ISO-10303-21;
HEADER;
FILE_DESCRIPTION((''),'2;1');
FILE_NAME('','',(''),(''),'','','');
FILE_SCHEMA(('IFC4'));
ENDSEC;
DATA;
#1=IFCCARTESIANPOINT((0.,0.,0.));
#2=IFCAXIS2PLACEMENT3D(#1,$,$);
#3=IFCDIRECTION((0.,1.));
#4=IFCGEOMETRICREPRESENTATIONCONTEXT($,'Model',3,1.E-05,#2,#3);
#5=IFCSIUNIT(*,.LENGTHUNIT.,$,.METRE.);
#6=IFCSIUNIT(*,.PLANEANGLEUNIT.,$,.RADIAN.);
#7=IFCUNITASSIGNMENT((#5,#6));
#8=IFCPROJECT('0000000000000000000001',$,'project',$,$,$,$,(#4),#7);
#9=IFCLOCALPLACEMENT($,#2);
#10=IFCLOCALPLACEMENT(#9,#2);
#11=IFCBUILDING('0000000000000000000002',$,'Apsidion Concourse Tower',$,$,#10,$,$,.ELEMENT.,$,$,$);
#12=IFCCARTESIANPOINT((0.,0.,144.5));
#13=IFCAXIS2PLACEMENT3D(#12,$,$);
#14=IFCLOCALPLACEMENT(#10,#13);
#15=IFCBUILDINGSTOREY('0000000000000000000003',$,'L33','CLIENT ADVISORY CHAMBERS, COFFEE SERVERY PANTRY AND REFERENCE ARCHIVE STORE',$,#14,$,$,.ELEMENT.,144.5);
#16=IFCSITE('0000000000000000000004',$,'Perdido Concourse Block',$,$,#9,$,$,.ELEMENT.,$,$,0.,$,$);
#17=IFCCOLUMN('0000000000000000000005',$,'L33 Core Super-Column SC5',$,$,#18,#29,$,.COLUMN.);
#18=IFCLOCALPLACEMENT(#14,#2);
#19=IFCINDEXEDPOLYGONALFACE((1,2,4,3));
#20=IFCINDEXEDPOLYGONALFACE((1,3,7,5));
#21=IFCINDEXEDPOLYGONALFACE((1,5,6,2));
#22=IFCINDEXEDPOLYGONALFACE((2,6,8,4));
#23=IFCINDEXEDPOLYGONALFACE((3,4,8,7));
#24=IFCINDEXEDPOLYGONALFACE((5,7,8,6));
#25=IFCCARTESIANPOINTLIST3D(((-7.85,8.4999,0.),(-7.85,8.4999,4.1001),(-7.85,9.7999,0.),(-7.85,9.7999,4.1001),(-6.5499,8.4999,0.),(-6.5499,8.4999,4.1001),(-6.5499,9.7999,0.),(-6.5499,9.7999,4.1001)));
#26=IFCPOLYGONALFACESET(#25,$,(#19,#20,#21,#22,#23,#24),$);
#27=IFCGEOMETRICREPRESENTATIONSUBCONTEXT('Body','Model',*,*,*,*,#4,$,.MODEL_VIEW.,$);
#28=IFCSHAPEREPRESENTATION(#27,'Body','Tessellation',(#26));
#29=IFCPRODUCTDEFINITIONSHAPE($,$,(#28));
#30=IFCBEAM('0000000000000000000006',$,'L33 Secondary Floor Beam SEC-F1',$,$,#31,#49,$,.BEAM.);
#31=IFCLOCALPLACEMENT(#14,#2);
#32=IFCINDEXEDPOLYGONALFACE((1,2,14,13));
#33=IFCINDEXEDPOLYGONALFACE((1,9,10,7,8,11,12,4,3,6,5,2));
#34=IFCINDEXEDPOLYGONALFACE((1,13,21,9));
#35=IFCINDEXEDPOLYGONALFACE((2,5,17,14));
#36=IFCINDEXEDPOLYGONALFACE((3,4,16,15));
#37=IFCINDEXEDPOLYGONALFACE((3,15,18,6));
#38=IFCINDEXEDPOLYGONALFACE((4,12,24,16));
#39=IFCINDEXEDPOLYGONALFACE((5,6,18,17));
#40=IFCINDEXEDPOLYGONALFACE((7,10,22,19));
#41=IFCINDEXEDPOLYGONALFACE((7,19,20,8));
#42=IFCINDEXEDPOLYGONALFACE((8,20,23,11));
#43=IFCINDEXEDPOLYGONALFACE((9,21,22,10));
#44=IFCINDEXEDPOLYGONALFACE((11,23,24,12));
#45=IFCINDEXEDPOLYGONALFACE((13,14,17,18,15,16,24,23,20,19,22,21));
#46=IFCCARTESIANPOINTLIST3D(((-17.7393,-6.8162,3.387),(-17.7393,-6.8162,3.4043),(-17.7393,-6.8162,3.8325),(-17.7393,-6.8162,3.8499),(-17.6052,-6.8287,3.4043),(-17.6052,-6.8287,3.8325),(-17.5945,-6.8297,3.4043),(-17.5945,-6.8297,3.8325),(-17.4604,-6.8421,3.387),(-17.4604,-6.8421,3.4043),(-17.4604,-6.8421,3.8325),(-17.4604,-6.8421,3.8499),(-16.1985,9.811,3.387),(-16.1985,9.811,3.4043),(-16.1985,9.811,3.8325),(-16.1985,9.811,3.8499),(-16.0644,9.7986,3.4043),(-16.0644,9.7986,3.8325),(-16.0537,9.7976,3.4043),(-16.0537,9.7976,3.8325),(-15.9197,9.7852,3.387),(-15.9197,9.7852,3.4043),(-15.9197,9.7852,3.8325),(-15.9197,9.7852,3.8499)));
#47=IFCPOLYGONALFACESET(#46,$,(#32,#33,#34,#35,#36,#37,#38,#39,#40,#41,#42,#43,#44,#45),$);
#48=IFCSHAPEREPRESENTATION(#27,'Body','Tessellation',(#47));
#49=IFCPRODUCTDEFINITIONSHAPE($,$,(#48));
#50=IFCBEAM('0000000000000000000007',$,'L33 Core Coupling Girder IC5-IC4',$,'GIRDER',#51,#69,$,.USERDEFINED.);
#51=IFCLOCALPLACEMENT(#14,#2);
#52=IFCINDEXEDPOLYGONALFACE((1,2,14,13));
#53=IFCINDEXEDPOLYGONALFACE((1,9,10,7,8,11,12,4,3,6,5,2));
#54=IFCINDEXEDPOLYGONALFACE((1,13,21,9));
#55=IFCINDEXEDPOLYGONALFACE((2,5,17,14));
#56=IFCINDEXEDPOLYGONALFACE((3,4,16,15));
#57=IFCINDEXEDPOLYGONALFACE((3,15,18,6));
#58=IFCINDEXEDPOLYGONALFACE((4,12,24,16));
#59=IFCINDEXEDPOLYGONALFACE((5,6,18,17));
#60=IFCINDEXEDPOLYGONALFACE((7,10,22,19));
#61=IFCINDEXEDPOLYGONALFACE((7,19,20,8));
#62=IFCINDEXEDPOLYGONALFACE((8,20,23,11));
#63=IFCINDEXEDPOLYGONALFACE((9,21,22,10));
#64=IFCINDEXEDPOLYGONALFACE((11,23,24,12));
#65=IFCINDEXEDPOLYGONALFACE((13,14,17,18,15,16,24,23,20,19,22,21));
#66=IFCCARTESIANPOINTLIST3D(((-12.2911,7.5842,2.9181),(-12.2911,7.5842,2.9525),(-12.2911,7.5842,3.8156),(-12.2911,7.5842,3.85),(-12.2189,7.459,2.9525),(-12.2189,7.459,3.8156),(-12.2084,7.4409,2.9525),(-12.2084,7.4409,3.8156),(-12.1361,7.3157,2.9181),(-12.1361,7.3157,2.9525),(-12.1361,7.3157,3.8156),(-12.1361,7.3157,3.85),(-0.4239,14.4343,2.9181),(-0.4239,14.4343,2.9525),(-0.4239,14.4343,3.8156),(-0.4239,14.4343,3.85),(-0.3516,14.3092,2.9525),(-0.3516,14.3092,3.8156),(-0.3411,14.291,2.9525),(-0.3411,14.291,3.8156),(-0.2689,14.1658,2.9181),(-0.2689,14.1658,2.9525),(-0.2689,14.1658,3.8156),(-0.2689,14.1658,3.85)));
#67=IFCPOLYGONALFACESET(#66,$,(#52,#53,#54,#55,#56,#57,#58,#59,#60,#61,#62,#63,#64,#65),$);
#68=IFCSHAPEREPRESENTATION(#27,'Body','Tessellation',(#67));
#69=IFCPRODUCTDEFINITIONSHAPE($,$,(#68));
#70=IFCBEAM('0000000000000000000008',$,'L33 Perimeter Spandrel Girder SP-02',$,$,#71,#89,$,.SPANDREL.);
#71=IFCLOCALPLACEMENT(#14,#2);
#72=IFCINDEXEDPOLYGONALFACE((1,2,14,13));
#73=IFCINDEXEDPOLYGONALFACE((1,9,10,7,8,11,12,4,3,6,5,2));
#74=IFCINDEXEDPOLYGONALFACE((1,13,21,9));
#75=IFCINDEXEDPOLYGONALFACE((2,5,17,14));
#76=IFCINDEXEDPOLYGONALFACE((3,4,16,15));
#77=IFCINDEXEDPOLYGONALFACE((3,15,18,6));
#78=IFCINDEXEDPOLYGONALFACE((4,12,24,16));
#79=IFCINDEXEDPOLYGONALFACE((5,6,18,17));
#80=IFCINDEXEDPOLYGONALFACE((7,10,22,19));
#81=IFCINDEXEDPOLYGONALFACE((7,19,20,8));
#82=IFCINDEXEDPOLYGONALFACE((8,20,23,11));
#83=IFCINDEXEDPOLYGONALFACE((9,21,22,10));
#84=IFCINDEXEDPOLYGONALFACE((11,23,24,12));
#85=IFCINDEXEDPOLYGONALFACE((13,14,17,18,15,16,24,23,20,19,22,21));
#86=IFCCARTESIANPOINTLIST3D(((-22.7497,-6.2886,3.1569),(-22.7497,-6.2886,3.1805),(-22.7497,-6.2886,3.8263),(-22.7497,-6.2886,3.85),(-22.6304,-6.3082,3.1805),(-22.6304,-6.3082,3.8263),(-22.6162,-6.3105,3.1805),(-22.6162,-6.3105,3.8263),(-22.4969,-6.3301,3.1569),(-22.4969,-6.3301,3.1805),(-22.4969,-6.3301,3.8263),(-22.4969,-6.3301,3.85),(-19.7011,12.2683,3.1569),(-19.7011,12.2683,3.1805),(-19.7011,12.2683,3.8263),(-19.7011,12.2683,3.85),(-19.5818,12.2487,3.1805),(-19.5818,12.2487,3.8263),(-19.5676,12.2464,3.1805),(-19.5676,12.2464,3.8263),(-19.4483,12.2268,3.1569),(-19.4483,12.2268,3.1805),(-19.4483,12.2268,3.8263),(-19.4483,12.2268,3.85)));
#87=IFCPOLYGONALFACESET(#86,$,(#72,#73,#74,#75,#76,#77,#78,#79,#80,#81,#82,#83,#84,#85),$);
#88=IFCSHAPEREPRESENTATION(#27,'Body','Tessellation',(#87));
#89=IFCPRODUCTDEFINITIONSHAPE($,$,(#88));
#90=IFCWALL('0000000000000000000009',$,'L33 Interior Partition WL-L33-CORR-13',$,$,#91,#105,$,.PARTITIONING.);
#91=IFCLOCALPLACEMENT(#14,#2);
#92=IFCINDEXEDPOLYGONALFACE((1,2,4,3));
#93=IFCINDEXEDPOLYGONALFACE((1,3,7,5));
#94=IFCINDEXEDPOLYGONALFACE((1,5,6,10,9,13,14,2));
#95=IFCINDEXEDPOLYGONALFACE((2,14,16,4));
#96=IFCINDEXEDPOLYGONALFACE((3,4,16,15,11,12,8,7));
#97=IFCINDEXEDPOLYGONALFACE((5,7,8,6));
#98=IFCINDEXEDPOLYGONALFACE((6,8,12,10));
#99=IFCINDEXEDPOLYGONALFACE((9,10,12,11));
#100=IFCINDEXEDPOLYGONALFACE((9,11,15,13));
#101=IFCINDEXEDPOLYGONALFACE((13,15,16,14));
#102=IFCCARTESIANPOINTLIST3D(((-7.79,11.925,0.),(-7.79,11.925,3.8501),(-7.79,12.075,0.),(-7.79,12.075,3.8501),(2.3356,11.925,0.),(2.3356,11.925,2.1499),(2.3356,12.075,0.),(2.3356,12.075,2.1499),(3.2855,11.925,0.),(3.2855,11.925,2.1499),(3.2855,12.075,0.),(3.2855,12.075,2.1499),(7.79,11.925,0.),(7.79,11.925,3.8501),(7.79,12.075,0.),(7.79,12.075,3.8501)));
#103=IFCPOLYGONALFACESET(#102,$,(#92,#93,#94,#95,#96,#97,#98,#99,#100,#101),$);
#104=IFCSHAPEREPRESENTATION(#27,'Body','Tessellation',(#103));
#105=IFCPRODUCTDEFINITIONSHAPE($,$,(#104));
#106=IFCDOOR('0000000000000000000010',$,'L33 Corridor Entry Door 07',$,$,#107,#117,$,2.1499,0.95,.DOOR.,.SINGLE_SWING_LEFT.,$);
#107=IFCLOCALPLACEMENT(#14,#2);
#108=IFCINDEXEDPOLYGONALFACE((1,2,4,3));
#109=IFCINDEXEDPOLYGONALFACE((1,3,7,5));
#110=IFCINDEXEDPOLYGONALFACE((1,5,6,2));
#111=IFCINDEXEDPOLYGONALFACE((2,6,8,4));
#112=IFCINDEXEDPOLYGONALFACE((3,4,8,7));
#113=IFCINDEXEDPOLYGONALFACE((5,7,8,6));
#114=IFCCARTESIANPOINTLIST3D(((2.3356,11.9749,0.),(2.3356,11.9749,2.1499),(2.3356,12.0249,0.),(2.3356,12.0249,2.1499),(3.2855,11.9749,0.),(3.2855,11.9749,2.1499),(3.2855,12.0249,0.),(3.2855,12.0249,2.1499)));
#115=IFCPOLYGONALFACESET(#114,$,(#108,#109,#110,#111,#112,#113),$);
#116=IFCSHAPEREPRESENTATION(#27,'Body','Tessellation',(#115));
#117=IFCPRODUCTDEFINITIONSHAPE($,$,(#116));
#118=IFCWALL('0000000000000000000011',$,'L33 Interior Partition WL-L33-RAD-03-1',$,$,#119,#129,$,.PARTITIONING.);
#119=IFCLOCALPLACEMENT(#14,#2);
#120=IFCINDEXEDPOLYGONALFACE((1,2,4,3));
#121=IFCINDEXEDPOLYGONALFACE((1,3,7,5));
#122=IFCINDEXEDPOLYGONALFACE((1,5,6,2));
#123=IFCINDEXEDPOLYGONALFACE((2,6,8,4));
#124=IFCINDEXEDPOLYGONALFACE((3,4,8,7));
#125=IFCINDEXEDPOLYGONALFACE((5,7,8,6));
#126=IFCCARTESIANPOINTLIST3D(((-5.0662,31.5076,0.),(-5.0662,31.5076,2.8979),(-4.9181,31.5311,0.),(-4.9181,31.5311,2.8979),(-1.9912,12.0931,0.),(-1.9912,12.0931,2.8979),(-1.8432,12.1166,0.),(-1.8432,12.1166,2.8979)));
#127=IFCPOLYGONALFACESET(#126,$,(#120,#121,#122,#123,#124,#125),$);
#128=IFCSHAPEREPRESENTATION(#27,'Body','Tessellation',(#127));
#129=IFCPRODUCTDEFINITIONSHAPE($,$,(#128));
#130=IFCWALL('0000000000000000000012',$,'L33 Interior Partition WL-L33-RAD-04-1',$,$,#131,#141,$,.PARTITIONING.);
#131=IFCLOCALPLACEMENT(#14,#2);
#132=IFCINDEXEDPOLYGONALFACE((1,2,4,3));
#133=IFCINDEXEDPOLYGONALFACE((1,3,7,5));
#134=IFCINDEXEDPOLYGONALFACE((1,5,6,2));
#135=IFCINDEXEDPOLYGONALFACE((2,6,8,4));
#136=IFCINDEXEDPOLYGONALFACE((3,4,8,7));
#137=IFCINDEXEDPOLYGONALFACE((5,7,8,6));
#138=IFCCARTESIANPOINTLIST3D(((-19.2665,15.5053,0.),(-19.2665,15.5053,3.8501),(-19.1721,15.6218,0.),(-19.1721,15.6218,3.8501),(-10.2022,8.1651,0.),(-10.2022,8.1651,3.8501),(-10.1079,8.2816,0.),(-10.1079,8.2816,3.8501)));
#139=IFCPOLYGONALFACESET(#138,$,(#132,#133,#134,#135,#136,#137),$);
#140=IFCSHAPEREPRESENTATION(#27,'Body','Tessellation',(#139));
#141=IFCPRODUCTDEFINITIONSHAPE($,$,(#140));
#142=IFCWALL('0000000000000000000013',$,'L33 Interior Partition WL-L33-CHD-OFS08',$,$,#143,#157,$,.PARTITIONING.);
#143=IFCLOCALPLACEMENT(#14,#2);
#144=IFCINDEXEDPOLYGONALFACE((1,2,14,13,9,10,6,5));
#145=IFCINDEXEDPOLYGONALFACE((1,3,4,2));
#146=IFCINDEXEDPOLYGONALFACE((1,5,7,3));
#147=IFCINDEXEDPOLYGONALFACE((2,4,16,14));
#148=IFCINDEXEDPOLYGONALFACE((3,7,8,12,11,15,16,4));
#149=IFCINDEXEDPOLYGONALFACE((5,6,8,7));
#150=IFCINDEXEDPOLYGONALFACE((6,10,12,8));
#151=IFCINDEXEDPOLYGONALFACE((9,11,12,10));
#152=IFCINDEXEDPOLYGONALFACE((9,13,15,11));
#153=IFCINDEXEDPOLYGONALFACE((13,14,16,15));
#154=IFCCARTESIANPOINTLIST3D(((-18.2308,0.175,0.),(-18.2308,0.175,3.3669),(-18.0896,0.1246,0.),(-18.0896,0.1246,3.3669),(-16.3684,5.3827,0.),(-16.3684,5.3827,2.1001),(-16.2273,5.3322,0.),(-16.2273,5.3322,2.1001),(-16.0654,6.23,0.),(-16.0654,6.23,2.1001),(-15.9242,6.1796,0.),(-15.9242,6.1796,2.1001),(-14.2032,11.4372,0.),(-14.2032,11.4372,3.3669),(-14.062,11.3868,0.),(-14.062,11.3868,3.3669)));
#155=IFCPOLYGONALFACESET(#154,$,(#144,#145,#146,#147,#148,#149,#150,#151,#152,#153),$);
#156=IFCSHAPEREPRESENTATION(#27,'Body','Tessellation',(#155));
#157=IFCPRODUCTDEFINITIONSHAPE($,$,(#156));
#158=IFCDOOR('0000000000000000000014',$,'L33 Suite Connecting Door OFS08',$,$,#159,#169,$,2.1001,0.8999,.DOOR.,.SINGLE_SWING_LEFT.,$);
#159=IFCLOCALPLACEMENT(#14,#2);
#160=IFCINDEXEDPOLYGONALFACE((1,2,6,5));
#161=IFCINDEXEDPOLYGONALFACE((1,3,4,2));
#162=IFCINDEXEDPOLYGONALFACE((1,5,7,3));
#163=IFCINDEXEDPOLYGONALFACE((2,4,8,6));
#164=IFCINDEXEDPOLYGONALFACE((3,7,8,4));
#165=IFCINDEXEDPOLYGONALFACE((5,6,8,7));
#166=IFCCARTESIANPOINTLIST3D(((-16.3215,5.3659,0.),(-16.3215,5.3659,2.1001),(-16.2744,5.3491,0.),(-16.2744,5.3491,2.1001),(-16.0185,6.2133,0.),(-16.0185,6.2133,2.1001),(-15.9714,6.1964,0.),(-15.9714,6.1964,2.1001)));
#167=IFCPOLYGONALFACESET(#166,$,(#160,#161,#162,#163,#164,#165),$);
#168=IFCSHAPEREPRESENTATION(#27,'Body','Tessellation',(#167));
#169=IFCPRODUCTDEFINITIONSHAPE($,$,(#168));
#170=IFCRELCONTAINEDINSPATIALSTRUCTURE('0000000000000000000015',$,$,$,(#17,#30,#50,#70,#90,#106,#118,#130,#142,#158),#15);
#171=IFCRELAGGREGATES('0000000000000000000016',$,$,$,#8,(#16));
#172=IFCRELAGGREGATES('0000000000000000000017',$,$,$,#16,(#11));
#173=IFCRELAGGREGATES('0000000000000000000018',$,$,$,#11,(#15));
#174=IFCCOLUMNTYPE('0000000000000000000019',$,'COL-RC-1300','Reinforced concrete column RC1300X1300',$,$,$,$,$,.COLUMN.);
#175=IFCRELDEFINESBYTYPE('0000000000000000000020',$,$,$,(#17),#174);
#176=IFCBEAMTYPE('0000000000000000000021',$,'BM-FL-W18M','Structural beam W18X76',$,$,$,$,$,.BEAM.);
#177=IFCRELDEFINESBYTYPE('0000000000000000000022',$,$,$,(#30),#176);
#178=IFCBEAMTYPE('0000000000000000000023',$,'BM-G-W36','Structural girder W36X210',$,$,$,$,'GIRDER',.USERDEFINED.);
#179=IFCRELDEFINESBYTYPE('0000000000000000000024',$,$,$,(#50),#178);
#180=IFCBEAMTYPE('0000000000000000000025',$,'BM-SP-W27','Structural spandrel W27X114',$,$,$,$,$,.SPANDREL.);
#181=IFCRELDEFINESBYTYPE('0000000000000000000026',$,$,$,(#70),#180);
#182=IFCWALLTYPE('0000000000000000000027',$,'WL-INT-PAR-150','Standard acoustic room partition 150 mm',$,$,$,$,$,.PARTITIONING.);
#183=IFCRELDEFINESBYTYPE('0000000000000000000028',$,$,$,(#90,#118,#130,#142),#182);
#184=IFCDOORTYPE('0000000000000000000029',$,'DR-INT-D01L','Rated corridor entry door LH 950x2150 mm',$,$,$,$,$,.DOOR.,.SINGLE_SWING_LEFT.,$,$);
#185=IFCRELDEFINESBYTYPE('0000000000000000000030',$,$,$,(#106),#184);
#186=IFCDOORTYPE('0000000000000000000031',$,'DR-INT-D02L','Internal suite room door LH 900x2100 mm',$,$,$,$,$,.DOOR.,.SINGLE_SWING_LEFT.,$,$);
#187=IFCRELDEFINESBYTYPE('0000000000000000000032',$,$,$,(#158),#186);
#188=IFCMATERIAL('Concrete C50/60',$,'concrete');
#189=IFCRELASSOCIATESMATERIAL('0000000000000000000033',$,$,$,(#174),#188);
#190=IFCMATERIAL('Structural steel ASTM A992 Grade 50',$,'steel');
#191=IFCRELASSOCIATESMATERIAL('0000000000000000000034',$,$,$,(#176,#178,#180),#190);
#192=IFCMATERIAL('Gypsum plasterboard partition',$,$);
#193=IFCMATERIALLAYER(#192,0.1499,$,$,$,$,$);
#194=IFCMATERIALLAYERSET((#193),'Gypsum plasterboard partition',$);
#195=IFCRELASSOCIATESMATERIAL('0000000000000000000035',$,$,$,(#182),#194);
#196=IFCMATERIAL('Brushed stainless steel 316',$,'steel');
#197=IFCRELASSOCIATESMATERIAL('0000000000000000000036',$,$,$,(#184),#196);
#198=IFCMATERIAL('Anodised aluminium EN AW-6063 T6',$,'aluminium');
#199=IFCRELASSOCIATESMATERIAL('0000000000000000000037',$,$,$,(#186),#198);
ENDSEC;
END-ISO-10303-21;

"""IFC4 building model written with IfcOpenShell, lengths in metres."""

from ifc_helpers import new_model, si_unit, direction, frame, frame_2d, origin, origin_2d, place, context, subcontext, project, spatial, rectangle, i_section, extrude, material, layer, layer_set, material_profile, profile_set, type_object, element, fill, save


model = new_model("IFC4")

# Units and contexts
model_context = context("Model", 3, precision=1e-05, world=origin(), true_north=direction((0.0, 1.0)))
body_context = subcontext(model_context, "Body", "Model", "MODEL_VIEW")
ifc_project = project(units=[si_unit("LENGTHUNIT", "METRE"), si_unit("PLANEANGLEUNIT", "RADIAN")], contexts=[model_context])

# Site, building, storey
site_placement = place(None, origin())
site = spatial("IfcSite", under=ifc_project, at=site_placement, Name="Perdido Concourse Block", CompositionType="ELEMENT", RefElevation=0.0)
building_placement = place(site_placement, origin())
building = spatial("IfcBuilding", under=site, at=building_placement, Name="Apsidion Concourse Tower", CompositionType="ELEMENT")
storey_placement = place(building_placement, frame((0.0, 0.0, 144.5)))
storey = spatial("IfcBuildingStorey", under=building, at=storey_placement, Name="L33", Description="CLIENT ADVISORY CHAMBERS, COFFEE SERVERY PANTRY AND REFERENCE ARCHIVE STORE", CompositionType="ELEMENT", Elevation=144.5)

# Column
ifc_material_1 = material(Name="Concrete C50/60", Category="concrete")
ifc_material_profile_1 = material_profile(ifc_material_1, rectangle(XDim=1.3, YDim=1.3, at=origin_2d()), Name="RC 1300x1300")
ifc_profile_set_1 = profile_set([ifc_material_profile_1], Name="Concrete C50/60")
column_type = type_object("IfcColumnType", Name="COL-RC-1300", Description="Reinforced concrete column RC1300X1300", PredefinedType="COLUMN", material=ifc_profile_set_1)
column_placement = place(storey_placement, frame((-7.2, 9.1499, 0.0), z_axis=(0.0, 0.0, 1.0), x_axis=(1.0, 0.0, 0.0)))
element("IfcColumn", 1, at=column_placement, inside=storey, type_object=column_type, Name="L33 Core Super-Column SC5", PredefinedType="COLUMN", context=body_context, shape_type="SweptSolid", body=[
    extrude(rectangle(XDim=1.3, YDim=1.3, at=origin_2d()), origin(), (0.0, 0.0, 1.0), 4.1001),
])

# Beams
ifc_material_2 = material(Name="Structural steel ASTM A992 Grade 50", Category="steel")
ifc_material_profile_2 = material_profile(ifc_material_2, i_section(OverallWidth=0.28, OverallDepth=0.4629, WebThickness=0.0107, FlangeThickness=0.0173, at=origin_2d()), Name="W18X76")
ifc_profile_set_2 = profile_set([ifc_material_profile_2], Name="Structural steel ASTM A992 Grade 50")
beam_type_1 = type_object("IfcBeamType", Name="BM-FL-W18M", Description="Structural beam W18X76", PredefinedType="BEAM", material=ifc_profile_set_2)
beam_1_placement = place(storey_placement, frame((-16.0591, 9.7981, 3.6184), z_axis=(-0.09227, -0.995734, 0.0), x_axis=(0.995734, -0.09227, 0.0)))
element("IfcBeam", 2, at=beam_1_placement, inside=storey, type_object=beam_type_1, Name="L33 Secondary Floor Beam SEC-F1", PredefinedType="BEAM", context=body_context, shape_type="SweptSolid", body=[
    extrude(i_section(OverallWidth=0.28, OverallDepth=0.4629, WebThickness=0.0107, FlangeThickness=0.0173, at=origin_2d()), origin(), (0.0, 0.0, 1.0), 16.6985),
])
ifc_material_profile_3 = material_profile(ifc_material_2, i_section(OverallWidth=0.3101, OverallDepth=0.9319, WebThickness=0.021, FlangeThickness=0.0344, at=origin_2d()), Name="W36X210")
ifc_profile_set_3 = profile_set([ifc_material_profile_3], Name="Structural steel ASTM A992 Grade 50")
beam_type_2 = type_object("IfcBeamType", Name="BM-G-W36", Description="Structural girder W36X210", ElementType="GIRDER", PredefinedType="USERDEFINED", material=ifc_profile_set_3)
beam_2_placement = place(storey_placement, frame((-12.2136, 7.45, 3.384), z_axis=(0.86607, 0.499922, 0.0), x_axis=(-0.499922, 0.86607, 0.0)))
element("IfcBeam", 3, at=beam_2_placement, inside=storey, type_object=beam_type_2, Name="L33 Core Coupling Girder IC5-IC4", ObjectType="GIRDER", PredefinedType="USERDEFINED", context=body_context, shape_type="SweptSolid", body=[
    extrude(i_section(OverallWidth=0.3101, OverallDepth=0.9319, WebThickness=0.021, FlangeThickness=0.0344, at=origin_2d()), origin(), (0.0, 0.0, 1.0), 13.7024),
])
ifc_material_profile_4 = material_profile(ifc_material_2, i_section(OverallWidth=0.2561, OverallDepth=0.6931, WebThickness=0.0144, FlangeThickness=0.0237, at=origin_2d()), Name="W27X114")
ifc_profile_set_4 = profile_set([ifc_material_profile_4], Name="Structural steel ASTM A992 Grade 50")
beam_type_3 = type_object("IfcBeamType", Name="BM-SP-W27", Description="Structural spandrel W27X114", PredefinedType="SPANDREL", material=ifc_profile_set_4)
beam_3_placement = place(storey_placement, frame((-19.5747, 12.2476, 3.5034), z_axis=(-0.16211, -0.986773, 0.0), x_axis=(0.986773, -0.16211, 0.0)))
element("IfcBeam", 4, at=beam_3_placement, inside=storey, type_object=beam_type_3, Name="L33 Perimeter Spandrel Girder SP-02", PredefinedType="SPANDREL", context=body_context, shape_type="SweptSolid", body=[
    extrude(i_section(OverallWidth=0.2561, OverallDepth=0.6931, WebThickness=0.0144, FlangeThickness=0.0237, at=origin_2d()), origin(), (0.0, 0.0, 1.0), 18.8057),
])

# Wall, opening, door
ifc_material_3 = material(Name="Gypsum plasterboard partition")
ifc_layer_1 = layer(ifc_material_3, 0.1499)
ifc_layer_set_1 = layer_set([ifc_layer_1], Name="Gypsum plasterboard partition")
wall_type_1 = type_object("IfcWallType", Name="WL-INT-PAR-150", Description="Standard acoustic room partition 150 mm", PredefinedType="PARTITIONING", material=ifc_layer_set_1)
wall_1_placement = place(storey_placement, frame((-7.79, 12.0, 0.0), z_axis=(0.0, 0.0, 1.0), x_axis=(1.0, 0.0, 0.0)))
wall_1 = element("IfcWall", 5, at=wall_1_placement, inside=storey, type_object=wall_type_1, Name="L33 Interior Partition WL-L33-CORR-13", PredefinedType="PARTITIONING", context=body_context, shape_type="SweptSolid", body=[
    extrude(rectangle(XDim=15.5801, YDim=0.1499, at=frame_2d((7.79, 0.0))), origin(), (0.0, 0.0, 1.0), 3.8501),
])
opening_1_placement = place(wall_1_placement, frame((10.1255, 0.0, 0.0)))
opening_1 = element("IfcOpeningElement", 6, at=opening_1_placement, cuts=wall_1, PredefinedType="OPENING", context=body_context, shape_type="SweptSolid", body=[
    extrude(rectangle(XDim=0.95, YDim=2.1499, at=frame_2d((0.4751, 1.075))), frame((0.0, 0.085, 0.0), z_axis=(0.0, -1.0, 0.0), x_axis=(1.0, 0.0, 0.0)), (0.0, 0.0, 1.0), 0.1699),
])
ifc_material_4 = material(Name="Brushed stainless steel 316", Category="steel")
door_type_1 = type_object("IfcDoorType", Name="DR-INT-D01L", Description="Rated corridor entry door LH 950x2150 mm", OperationType="SINGLE_SWING_LEFT", PredefinedType="DOOR", material=ifc_material_4)
door_1_placement = place(opening_1_placement, origin())
door_1 = element("IfcDoor", 7, at=door_1_placement, inside=storey, type_object=door_type_1, Name="L33 Corridor Entry Door 07", OperationType="SINGLE_SWING_LEFT", OverallHeight=2.1499, OverallWidth=0.95, PredefinedType="DOOR", context=body_context, shape_type="SweptSolid", body=[
    extrude(rectangle(XDim=0.95, YDim=2.1499, at=frame_2d((0.4751, 1.075))), frame((0.0, 0.0249, 0.0), z_axis=(0.0, -1.0, 0.0), x_axis=(1.0, 0.0, 0.0)), (0.0, 0.0, 1.0), 0.05),
])
fill(opening_1, door_1)

# Walls
wall_2_placement = place(storey_placement, frame((-1.9172, 12.105, 0.0), z_axis=(0.0, 0.0, 1.0), x_axis=(-0.156434, 0.987688, 0.0)))
element("IfcWall", 8, at=wall_2_placement, inside=storey, type_object=wall_type_1, Name="L33 Interior Partition WL-L33-RAD-03-1", PredefinedType="PARTITIONING", context=body_context, shape_type="SweptSolid", body=[
    extrude(rectangle(XDim=19.6565, YDim=0.1499, at=frame_2d((9.8281, 0.0))), origin(), (0.0, 0.0, 1.0), 2.8979),
])
wall_3_placement = place(storey_placement, frame((-10.155, 8.2234, 0.0), z_axis=(0.0, 0.0, 1.0), x_axis=(-0.777144, 0.629322, 0.0)))
element("IfcWall", 9, at=wall_3_placement, inside=storey, type_object=wall_type_1, Name="L33 Interior Partition WL-L33-RAD-04-1", PredefinedType="PARTITIONING", context=body_context, shape_type="SweptSolid", body=[
    extrude(rectangle(XDim=11.6636, YDim=0.1499, at=frame_2d((5.8318, 0.0))), origin(), (0.0, 0.0, 1.0), 3.8501),
])

# Wall, opening, door
wall_4_placement = place(storey_placement, frame((-14.1326, 11.4121, 0.0), z_axis=(0.0, 0.0, 1.0), x_axis=(-0.336735, -0.9416, 0.0)))
wall_4 = element("IfcWall", 10, at=wall_4_placement, inside=storey, type_object=wall_type_1, Name="L33 Interior Partition WL-L33-CHD-OFS08", PredefinedType="PARTITIONING", context=body_context, shape_type="SweptSolid", body=[
    extrude(rectangle(XDim=11.9607, YDim=0.1499, at=frame_2d((5.9805, 0.0))), origin(), (0.0, 0.0, 1.0), 3.3669),
])
opening_2_placement = place(wall_4_placement, frame((5.5303, 0.0, 0.0)))
opening_2 = element("IfcOpeningElement", 11, at=opening_2_placement, cuts=wall_4, PredefinedType="OPENING", context=body_context, shape_type="SweptSolid", body=[
    extrude(rectangle(XDim=0.8999, YDim=2.1001, at=frame_2d((0.45, 1.05))), frame((0.0, 0.085, 0.0), z_axis=(0.0, -1.0, 0.0), x_axis=(1.0, 0.0, 0.0)), (0.0, 0.0, 1.0), 0.1699),
])
ifc_material_5 = material(Name="Anodised aluminium EN AW-6063 T6", Category="aluminium")
door_type_2 = type_object("IfcDoorType", Name="DR-INT-D02L", Description="Internal suite room door LH 900x2100 mm", OperationType="SINGLE_SWING_LEFT", PredefinedType="DOOR", material=ifc_material_5)
door_2_placement = place(opening_2_placement, origin())
door_2 = element("IfcDoor", 12, at=door_2_placement, inside=storey, type_object=door_type_2, Name="L33 Suite Connecting Door OFS08", OperationType="SINGLE_SWING_LEFT", OverallHeight=2.1001, OverallWidth=0.8999, PredefinedType="DOOR", context=body_context, shape_type="SweptSolid", body=[
    extrude(rectangle(XDim=0.8999, YDim=2.1001, at=frame_2d((0.45, 1.05))), frame((0.0, 0.0249, 0.0), z_axis=(0.0, -1.0, 0.0), x_axis=(1.0, 0.0, 0.0)), (0.0, 0.0, 1.0), 0.05),
])
fill(opening_2, door_2)

save(model, "model.ifc")
